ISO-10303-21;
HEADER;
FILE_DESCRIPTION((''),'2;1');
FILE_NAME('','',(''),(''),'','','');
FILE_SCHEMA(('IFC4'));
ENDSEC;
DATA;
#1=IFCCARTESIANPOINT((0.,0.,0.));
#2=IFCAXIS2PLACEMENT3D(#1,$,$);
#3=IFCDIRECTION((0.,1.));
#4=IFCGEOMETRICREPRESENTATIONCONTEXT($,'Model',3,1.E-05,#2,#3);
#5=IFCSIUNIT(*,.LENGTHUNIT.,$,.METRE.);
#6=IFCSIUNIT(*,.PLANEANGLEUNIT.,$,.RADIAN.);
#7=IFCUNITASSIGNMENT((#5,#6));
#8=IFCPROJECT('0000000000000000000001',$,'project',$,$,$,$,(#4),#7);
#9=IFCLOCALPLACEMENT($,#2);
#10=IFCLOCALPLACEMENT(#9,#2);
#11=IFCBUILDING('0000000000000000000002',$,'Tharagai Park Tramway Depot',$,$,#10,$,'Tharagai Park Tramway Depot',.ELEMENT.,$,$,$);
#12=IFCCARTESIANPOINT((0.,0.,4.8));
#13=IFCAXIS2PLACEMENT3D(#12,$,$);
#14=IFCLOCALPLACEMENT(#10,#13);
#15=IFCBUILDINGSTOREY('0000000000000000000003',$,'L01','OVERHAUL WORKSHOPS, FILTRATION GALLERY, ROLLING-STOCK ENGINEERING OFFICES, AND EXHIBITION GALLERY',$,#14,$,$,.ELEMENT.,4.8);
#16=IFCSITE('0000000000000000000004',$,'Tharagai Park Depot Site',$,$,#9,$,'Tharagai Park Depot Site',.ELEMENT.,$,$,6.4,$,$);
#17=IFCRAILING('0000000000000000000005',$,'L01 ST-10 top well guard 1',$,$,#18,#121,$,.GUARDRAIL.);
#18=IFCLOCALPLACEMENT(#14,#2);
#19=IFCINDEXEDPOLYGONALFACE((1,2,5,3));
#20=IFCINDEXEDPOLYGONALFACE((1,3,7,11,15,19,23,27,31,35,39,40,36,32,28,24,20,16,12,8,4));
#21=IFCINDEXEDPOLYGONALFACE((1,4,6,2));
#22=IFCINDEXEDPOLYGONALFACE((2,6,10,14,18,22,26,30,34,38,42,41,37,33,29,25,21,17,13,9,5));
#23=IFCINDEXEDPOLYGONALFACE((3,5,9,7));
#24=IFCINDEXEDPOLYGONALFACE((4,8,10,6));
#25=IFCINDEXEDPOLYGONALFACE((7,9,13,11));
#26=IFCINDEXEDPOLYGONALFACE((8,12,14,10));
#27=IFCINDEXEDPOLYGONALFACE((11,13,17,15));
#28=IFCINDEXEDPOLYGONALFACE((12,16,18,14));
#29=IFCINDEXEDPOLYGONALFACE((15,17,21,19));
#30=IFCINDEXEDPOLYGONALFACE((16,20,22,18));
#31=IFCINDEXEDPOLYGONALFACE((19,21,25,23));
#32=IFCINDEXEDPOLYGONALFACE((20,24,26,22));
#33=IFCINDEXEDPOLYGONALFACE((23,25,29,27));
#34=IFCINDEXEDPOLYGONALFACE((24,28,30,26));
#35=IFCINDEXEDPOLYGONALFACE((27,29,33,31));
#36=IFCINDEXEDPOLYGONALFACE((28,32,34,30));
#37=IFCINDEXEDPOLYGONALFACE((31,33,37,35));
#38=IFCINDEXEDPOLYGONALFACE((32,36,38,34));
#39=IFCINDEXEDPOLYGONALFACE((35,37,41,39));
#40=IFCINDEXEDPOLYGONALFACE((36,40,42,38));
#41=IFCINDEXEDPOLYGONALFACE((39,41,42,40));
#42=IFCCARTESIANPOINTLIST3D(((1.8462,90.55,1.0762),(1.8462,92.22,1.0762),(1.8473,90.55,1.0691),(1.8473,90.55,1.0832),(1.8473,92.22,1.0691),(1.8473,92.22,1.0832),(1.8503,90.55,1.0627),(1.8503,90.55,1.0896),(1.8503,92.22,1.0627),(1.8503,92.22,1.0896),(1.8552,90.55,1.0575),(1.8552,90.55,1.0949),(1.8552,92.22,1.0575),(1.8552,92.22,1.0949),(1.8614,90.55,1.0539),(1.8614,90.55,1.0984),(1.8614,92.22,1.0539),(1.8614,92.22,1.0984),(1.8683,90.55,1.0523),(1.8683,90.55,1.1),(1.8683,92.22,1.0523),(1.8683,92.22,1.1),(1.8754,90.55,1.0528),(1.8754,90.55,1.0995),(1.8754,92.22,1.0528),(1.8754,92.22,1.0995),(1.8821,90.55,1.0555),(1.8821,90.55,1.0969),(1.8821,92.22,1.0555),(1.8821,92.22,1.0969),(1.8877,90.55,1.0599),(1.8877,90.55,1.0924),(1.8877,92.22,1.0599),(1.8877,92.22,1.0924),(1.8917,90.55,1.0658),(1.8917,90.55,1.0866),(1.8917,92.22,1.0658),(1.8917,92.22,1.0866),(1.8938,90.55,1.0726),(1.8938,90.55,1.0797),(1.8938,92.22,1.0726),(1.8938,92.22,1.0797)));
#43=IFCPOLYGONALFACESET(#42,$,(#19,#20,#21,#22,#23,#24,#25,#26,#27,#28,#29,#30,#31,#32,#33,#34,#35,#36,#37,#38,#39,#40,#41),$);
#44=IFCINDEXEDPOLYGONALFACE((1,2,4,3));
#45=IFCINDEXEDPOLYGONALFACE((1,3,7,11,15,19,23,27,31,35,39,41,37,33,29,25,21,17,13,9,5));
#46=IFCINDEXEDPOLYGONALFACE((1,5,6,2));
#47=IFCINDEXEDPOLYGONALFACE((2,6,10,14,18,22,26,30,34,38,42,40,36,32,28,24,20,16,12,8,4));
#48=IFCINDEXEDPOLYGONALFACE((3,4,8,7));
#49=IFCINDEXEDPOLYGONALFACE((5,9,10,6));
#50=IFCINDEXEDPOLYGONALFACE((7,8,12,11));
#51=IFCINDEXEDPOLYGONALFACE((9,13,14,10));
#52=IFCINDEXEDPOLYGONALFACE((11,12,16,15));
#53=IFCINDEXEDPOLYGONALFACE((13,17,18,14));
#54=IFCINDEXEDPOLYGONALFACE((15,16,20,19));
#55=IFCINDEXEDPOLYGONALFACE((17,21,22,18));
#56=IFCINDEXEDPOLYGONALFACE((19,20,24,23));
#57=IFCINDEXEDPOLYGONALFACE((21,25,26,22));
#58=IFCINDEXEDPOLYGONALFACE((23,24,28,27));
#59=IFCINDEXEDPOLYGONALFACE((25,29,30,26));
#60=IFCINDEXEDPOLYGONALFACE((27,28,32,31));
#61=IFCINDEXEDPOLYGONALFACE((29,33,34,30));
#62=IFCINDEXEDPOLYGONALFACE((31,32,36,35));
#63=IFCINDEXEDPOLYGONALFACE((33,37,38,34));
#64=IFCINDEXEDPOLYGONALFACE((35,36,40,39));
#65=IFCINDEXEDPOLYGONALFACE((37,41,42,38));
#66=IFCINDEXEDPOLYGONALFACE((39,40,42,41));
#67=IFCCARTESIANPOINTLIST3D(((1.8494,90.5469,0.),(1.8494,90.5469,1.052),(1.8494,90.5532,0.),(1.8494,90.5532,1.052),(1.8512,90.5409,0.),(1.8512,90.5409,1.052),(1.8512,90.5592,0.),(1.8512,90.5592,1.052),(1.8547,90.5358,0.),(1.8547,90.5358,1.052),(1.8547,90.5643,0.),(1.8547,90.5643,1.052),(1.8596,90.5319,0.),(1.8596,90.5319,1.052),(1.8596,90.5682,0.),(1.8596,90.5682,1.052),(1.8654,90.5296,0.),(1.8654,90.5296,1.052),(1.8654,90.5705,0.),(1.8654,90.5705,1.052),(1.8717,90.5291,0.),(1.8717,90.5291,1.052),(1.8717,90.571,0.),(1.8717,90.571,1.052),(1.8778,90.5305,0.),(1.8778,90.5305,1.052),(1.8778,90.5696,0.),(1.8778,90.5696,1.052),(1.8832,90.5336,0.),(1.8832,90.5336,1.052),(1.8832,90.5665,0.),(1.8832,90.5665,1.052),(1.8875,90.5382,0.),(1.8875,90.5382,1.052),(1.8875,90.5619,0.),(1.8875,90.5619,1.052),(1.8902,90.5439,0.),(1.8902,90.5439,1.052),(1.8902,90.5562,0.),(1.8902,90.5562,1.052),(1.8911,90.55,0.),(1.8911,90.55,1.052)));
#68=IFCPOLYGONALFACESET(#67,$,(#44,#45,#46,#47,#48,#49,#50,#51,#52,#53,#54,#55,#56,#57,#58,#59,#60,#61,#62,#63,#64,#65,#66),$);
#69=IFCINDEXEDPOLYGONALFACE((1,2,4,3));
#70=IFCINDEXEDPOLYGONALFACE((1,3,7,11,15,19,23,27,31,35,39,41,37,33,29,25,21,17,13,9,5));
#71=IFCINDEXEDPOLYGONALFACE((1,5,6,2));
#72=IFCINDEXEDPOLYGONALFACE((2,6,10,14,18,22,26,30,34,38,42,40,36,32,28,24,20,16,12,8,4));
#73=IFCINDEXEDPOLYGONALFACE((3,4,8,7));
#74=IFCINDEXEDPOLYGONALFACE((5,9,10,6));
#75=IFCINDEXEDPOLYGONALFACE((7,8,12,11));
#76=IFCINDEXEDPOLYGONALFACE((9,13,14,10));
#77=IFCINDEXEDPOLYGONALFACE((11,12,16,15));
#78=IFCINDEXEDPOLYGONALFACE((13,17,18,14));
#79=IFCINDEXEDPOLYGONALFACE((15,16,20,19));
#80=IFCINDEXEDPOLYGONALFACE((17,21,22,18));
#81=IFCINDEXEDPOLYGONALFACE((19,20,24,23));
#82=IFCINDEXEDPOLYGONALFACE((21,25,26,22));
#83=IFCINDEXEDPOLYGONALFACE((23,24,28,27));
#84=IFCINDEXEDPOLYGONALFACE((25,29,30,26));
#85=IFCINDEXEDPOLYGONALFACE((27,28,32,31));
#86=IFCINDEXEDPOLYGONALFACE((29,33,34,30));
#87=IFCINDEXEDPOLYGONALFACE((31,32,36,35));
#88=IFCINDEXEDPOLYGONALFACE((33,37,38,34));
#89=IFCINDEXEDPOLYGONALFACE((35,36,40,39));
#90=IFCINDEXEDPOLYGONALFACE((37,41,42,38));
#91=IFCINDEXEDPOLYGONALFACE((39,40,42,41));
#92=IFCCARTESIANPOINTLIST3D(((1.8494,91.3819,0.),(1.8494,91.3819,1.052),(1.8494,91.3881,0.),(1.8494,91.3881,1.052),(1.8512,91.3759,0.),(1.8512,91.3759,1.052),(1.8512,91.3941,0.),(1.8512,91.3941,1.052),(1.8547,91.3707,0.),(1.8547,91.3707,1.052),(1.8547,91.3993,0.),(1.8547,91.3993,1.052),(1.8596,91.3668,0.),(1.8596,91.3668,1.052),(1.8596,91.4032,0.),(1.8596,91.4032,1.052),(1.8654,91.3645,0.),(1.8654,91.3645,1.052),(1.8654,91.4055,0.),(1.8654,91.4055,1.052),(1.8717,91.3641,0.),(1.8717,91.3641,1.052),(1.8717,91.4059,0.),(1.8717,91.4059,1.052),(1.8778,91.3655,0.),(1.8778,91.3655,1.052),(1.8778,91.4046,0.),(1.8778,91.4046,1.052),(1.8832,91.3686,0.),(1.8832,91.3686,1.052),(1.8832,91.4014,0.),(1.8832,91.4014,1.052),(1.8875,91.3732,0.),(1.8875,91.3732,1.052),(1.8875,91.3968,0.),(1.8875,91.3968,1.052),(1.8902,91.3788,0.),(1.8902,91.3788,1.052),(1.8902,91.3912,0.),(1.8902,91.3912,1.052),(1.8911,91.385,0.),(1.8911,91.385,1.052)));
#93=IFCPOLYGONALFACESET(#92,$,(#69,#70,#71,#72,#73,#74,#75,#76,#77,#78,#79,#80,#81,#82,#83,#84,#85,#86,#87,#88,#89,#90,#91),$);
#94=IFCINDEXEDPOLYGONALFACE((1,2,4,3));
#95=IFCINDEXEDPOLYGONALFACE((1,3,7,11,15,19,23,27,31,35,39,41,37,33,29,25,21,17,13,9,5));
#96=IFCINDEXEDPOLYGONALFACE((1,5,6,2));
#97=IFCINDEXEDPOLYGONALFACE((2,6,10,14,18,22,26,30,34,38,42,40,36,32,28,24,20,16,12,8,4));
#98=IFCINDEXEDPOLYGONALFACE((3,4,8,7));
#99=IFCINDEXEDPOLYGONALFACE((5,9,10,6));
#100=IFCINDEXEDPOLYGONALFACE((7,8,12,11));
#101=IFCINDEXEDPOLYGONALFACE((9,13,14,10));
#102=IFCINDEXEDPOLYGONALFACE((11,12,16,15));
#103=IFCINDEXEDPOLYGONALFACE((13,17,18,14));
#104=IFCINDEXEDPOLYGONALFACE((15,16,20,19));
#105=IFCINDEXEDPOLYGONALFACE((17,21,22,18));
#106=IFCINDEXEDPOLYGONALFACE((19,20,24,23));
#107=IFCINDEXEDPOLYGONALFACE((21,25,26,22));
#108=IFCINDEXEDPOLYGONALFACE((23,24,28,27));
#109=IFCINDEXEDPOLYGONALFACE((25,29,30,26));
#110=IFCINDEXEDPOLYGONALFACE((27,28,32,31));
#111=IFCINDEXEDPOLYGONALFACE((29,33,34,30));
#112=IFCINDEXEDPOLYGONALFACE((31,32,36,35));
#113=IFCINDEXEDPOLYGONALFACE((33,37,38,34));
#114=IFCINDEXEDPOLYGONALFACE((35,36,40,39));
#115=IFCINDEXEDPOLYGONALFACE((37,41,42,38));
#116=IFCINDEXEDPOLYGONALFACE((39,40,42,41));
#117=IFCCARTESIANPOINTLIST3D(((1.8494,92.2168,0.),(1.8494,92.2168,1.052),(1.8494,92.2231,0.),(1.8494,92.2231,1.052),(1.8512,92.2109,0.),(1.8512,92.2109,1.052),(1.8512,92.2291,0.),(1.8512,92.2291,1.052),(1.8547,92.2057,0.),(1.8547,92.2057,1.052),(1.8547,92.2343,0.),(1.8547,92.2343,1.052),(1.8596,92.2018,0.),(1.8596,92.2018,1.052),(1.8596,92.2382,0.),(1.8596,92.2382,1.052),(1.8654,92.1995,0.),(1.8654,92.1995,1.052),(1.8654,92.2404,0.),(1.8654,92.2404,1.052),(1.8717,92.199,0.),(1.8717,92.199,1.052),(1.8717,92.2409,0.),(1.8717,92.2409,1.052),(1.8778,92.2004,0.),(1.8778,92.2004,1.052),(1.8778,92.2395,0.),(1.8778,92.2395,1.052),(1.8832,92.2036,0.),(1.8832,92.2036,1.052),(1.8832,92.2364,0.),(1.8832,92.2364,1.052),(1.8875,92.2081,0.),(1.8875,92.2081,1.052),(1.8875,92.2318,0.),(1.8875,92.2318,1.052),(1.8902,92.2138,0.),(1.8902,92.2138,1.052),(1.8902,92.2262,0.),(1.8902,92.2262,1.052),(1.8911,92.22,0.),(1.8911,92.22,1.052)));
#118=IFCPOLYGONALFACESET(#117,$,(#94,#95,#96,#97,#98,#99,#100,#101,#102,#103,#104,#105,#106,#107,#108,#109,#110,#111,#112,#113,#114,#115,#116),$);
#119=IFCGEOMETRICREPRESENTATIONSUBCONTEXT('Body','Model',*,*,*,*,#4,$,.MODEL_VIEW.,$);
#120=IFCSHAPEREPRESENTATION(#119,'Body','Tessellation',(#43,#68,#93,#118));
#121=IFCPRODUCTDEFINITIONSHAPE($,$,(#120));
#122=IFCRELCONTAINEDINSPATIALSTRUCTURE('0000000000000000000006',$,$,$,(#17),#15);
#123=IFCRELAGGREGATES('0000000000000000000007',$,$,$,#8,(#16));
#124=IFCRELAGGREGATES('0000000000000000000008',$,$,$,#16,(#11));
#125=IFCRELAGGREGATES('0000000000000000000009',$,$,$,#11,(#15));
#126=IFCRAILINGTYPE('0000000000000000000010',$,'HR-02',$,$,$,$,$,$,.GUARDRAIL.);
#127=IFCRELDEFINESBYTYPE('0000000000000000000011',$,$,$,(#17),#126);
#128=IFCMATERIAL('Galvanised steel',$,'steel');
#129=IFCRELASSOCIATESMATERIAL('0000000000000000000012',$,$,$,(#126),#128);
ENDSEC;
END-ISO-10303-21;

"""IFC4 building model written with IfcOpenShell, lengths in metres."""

from ifc_helpers import new_model, si_unit, direction, frame, origin, origin_2d, place, context, subcontext, project, spatial, circle, extrude, material, type_object, element, save


model = new_model("IFC4")

# Units and contexts
model_context = context("Model", 3, precision=1e-05, world=origin(), true_north=direction((0.0, 1.0)))
body_context = subcontext(model_context, "Body", "Model", "MODEL_VIEW")
ifc_project = project(units=[si_unit("LENGTHUNIT", "METRE"), si_unit("PLANEANGLEUNIT", "RADIAN")], contexts=[model_context])

# Site, building, storey
site_placement = place(None, origin())
site = spatial("IfcSite", under=ifc_project, at=site_placement, Name="Tharagai Park Depot Site", LongName="Tharagai Park Depot Site", CompositionType="ELEMENT", RefElevation=6.4)
building_placement = place(site_placement, origin())
building = spatial("IfcBuilding", under=site, at=building_placement, Name="Tharagai Park Tramway Depot", LongName="Tharagai Park Tramway Depot", CompositionType="ELEMENT")
storey_placement = place(building_placement, frame((0.0, 0.0, 4.8)))
storey = spatial("IfcBuildingStorey", under=building, at=storey_placement, Name="L01", Description="OVERHAUL WORKSHOPS, FILTRATION GALLERY, ROLLING-STOCK ENGINEERING OFFICES, AND EXHIBITION GALLERY", CompositionType="ELEMENT", Elevation=4.8)

# Shared definitions
ifc_material_1 = material(Name="Galvanised steel", Category="steel")

# Railing
railing_type = type_object("IfcRailingType", Name="HR-02", PredefinedType="GUARDRAIL", material=ifc_material_1)
railing_placement = place(storey_placement, frame((1.8701, 90.55, 0.0)))
element("IfcRailing", 1, at=railing_placement, inside=storey, type_object=railing_type, Name="L01 ST-10 top well guard 1", PredefinedType="GUARDRAIL", context=body_context, shape_type="SweptSolid", body=[
    extrude(circle(Radius=0.0239, at=origin_2d()), frame((0.0, 0.0, 1.0762), z_axis=(0.0, 1.0, 0.0), x_axis=(-1.0, 0.0, 0.0)), (0.0, 0.0, 1.0), 1.6699),
    extrude(circle(Radius=0.021, at=origin_2d()), origin(), (0.0, 0.0, 1.0), 1.052),
    extrude(circle(Radius=0.021, at=origin_2d()), frame((0.0, 0.835, 0.0)), (0.0, 0.0, 1.0), 1.052),
    extrude(circle(Radius=0.021, at=origin_2d()), frame((0.0, 1.6699, 0.0)), (0.0, 0.0, 1.0), 1.052),
])

save(model, "model.ifc")
